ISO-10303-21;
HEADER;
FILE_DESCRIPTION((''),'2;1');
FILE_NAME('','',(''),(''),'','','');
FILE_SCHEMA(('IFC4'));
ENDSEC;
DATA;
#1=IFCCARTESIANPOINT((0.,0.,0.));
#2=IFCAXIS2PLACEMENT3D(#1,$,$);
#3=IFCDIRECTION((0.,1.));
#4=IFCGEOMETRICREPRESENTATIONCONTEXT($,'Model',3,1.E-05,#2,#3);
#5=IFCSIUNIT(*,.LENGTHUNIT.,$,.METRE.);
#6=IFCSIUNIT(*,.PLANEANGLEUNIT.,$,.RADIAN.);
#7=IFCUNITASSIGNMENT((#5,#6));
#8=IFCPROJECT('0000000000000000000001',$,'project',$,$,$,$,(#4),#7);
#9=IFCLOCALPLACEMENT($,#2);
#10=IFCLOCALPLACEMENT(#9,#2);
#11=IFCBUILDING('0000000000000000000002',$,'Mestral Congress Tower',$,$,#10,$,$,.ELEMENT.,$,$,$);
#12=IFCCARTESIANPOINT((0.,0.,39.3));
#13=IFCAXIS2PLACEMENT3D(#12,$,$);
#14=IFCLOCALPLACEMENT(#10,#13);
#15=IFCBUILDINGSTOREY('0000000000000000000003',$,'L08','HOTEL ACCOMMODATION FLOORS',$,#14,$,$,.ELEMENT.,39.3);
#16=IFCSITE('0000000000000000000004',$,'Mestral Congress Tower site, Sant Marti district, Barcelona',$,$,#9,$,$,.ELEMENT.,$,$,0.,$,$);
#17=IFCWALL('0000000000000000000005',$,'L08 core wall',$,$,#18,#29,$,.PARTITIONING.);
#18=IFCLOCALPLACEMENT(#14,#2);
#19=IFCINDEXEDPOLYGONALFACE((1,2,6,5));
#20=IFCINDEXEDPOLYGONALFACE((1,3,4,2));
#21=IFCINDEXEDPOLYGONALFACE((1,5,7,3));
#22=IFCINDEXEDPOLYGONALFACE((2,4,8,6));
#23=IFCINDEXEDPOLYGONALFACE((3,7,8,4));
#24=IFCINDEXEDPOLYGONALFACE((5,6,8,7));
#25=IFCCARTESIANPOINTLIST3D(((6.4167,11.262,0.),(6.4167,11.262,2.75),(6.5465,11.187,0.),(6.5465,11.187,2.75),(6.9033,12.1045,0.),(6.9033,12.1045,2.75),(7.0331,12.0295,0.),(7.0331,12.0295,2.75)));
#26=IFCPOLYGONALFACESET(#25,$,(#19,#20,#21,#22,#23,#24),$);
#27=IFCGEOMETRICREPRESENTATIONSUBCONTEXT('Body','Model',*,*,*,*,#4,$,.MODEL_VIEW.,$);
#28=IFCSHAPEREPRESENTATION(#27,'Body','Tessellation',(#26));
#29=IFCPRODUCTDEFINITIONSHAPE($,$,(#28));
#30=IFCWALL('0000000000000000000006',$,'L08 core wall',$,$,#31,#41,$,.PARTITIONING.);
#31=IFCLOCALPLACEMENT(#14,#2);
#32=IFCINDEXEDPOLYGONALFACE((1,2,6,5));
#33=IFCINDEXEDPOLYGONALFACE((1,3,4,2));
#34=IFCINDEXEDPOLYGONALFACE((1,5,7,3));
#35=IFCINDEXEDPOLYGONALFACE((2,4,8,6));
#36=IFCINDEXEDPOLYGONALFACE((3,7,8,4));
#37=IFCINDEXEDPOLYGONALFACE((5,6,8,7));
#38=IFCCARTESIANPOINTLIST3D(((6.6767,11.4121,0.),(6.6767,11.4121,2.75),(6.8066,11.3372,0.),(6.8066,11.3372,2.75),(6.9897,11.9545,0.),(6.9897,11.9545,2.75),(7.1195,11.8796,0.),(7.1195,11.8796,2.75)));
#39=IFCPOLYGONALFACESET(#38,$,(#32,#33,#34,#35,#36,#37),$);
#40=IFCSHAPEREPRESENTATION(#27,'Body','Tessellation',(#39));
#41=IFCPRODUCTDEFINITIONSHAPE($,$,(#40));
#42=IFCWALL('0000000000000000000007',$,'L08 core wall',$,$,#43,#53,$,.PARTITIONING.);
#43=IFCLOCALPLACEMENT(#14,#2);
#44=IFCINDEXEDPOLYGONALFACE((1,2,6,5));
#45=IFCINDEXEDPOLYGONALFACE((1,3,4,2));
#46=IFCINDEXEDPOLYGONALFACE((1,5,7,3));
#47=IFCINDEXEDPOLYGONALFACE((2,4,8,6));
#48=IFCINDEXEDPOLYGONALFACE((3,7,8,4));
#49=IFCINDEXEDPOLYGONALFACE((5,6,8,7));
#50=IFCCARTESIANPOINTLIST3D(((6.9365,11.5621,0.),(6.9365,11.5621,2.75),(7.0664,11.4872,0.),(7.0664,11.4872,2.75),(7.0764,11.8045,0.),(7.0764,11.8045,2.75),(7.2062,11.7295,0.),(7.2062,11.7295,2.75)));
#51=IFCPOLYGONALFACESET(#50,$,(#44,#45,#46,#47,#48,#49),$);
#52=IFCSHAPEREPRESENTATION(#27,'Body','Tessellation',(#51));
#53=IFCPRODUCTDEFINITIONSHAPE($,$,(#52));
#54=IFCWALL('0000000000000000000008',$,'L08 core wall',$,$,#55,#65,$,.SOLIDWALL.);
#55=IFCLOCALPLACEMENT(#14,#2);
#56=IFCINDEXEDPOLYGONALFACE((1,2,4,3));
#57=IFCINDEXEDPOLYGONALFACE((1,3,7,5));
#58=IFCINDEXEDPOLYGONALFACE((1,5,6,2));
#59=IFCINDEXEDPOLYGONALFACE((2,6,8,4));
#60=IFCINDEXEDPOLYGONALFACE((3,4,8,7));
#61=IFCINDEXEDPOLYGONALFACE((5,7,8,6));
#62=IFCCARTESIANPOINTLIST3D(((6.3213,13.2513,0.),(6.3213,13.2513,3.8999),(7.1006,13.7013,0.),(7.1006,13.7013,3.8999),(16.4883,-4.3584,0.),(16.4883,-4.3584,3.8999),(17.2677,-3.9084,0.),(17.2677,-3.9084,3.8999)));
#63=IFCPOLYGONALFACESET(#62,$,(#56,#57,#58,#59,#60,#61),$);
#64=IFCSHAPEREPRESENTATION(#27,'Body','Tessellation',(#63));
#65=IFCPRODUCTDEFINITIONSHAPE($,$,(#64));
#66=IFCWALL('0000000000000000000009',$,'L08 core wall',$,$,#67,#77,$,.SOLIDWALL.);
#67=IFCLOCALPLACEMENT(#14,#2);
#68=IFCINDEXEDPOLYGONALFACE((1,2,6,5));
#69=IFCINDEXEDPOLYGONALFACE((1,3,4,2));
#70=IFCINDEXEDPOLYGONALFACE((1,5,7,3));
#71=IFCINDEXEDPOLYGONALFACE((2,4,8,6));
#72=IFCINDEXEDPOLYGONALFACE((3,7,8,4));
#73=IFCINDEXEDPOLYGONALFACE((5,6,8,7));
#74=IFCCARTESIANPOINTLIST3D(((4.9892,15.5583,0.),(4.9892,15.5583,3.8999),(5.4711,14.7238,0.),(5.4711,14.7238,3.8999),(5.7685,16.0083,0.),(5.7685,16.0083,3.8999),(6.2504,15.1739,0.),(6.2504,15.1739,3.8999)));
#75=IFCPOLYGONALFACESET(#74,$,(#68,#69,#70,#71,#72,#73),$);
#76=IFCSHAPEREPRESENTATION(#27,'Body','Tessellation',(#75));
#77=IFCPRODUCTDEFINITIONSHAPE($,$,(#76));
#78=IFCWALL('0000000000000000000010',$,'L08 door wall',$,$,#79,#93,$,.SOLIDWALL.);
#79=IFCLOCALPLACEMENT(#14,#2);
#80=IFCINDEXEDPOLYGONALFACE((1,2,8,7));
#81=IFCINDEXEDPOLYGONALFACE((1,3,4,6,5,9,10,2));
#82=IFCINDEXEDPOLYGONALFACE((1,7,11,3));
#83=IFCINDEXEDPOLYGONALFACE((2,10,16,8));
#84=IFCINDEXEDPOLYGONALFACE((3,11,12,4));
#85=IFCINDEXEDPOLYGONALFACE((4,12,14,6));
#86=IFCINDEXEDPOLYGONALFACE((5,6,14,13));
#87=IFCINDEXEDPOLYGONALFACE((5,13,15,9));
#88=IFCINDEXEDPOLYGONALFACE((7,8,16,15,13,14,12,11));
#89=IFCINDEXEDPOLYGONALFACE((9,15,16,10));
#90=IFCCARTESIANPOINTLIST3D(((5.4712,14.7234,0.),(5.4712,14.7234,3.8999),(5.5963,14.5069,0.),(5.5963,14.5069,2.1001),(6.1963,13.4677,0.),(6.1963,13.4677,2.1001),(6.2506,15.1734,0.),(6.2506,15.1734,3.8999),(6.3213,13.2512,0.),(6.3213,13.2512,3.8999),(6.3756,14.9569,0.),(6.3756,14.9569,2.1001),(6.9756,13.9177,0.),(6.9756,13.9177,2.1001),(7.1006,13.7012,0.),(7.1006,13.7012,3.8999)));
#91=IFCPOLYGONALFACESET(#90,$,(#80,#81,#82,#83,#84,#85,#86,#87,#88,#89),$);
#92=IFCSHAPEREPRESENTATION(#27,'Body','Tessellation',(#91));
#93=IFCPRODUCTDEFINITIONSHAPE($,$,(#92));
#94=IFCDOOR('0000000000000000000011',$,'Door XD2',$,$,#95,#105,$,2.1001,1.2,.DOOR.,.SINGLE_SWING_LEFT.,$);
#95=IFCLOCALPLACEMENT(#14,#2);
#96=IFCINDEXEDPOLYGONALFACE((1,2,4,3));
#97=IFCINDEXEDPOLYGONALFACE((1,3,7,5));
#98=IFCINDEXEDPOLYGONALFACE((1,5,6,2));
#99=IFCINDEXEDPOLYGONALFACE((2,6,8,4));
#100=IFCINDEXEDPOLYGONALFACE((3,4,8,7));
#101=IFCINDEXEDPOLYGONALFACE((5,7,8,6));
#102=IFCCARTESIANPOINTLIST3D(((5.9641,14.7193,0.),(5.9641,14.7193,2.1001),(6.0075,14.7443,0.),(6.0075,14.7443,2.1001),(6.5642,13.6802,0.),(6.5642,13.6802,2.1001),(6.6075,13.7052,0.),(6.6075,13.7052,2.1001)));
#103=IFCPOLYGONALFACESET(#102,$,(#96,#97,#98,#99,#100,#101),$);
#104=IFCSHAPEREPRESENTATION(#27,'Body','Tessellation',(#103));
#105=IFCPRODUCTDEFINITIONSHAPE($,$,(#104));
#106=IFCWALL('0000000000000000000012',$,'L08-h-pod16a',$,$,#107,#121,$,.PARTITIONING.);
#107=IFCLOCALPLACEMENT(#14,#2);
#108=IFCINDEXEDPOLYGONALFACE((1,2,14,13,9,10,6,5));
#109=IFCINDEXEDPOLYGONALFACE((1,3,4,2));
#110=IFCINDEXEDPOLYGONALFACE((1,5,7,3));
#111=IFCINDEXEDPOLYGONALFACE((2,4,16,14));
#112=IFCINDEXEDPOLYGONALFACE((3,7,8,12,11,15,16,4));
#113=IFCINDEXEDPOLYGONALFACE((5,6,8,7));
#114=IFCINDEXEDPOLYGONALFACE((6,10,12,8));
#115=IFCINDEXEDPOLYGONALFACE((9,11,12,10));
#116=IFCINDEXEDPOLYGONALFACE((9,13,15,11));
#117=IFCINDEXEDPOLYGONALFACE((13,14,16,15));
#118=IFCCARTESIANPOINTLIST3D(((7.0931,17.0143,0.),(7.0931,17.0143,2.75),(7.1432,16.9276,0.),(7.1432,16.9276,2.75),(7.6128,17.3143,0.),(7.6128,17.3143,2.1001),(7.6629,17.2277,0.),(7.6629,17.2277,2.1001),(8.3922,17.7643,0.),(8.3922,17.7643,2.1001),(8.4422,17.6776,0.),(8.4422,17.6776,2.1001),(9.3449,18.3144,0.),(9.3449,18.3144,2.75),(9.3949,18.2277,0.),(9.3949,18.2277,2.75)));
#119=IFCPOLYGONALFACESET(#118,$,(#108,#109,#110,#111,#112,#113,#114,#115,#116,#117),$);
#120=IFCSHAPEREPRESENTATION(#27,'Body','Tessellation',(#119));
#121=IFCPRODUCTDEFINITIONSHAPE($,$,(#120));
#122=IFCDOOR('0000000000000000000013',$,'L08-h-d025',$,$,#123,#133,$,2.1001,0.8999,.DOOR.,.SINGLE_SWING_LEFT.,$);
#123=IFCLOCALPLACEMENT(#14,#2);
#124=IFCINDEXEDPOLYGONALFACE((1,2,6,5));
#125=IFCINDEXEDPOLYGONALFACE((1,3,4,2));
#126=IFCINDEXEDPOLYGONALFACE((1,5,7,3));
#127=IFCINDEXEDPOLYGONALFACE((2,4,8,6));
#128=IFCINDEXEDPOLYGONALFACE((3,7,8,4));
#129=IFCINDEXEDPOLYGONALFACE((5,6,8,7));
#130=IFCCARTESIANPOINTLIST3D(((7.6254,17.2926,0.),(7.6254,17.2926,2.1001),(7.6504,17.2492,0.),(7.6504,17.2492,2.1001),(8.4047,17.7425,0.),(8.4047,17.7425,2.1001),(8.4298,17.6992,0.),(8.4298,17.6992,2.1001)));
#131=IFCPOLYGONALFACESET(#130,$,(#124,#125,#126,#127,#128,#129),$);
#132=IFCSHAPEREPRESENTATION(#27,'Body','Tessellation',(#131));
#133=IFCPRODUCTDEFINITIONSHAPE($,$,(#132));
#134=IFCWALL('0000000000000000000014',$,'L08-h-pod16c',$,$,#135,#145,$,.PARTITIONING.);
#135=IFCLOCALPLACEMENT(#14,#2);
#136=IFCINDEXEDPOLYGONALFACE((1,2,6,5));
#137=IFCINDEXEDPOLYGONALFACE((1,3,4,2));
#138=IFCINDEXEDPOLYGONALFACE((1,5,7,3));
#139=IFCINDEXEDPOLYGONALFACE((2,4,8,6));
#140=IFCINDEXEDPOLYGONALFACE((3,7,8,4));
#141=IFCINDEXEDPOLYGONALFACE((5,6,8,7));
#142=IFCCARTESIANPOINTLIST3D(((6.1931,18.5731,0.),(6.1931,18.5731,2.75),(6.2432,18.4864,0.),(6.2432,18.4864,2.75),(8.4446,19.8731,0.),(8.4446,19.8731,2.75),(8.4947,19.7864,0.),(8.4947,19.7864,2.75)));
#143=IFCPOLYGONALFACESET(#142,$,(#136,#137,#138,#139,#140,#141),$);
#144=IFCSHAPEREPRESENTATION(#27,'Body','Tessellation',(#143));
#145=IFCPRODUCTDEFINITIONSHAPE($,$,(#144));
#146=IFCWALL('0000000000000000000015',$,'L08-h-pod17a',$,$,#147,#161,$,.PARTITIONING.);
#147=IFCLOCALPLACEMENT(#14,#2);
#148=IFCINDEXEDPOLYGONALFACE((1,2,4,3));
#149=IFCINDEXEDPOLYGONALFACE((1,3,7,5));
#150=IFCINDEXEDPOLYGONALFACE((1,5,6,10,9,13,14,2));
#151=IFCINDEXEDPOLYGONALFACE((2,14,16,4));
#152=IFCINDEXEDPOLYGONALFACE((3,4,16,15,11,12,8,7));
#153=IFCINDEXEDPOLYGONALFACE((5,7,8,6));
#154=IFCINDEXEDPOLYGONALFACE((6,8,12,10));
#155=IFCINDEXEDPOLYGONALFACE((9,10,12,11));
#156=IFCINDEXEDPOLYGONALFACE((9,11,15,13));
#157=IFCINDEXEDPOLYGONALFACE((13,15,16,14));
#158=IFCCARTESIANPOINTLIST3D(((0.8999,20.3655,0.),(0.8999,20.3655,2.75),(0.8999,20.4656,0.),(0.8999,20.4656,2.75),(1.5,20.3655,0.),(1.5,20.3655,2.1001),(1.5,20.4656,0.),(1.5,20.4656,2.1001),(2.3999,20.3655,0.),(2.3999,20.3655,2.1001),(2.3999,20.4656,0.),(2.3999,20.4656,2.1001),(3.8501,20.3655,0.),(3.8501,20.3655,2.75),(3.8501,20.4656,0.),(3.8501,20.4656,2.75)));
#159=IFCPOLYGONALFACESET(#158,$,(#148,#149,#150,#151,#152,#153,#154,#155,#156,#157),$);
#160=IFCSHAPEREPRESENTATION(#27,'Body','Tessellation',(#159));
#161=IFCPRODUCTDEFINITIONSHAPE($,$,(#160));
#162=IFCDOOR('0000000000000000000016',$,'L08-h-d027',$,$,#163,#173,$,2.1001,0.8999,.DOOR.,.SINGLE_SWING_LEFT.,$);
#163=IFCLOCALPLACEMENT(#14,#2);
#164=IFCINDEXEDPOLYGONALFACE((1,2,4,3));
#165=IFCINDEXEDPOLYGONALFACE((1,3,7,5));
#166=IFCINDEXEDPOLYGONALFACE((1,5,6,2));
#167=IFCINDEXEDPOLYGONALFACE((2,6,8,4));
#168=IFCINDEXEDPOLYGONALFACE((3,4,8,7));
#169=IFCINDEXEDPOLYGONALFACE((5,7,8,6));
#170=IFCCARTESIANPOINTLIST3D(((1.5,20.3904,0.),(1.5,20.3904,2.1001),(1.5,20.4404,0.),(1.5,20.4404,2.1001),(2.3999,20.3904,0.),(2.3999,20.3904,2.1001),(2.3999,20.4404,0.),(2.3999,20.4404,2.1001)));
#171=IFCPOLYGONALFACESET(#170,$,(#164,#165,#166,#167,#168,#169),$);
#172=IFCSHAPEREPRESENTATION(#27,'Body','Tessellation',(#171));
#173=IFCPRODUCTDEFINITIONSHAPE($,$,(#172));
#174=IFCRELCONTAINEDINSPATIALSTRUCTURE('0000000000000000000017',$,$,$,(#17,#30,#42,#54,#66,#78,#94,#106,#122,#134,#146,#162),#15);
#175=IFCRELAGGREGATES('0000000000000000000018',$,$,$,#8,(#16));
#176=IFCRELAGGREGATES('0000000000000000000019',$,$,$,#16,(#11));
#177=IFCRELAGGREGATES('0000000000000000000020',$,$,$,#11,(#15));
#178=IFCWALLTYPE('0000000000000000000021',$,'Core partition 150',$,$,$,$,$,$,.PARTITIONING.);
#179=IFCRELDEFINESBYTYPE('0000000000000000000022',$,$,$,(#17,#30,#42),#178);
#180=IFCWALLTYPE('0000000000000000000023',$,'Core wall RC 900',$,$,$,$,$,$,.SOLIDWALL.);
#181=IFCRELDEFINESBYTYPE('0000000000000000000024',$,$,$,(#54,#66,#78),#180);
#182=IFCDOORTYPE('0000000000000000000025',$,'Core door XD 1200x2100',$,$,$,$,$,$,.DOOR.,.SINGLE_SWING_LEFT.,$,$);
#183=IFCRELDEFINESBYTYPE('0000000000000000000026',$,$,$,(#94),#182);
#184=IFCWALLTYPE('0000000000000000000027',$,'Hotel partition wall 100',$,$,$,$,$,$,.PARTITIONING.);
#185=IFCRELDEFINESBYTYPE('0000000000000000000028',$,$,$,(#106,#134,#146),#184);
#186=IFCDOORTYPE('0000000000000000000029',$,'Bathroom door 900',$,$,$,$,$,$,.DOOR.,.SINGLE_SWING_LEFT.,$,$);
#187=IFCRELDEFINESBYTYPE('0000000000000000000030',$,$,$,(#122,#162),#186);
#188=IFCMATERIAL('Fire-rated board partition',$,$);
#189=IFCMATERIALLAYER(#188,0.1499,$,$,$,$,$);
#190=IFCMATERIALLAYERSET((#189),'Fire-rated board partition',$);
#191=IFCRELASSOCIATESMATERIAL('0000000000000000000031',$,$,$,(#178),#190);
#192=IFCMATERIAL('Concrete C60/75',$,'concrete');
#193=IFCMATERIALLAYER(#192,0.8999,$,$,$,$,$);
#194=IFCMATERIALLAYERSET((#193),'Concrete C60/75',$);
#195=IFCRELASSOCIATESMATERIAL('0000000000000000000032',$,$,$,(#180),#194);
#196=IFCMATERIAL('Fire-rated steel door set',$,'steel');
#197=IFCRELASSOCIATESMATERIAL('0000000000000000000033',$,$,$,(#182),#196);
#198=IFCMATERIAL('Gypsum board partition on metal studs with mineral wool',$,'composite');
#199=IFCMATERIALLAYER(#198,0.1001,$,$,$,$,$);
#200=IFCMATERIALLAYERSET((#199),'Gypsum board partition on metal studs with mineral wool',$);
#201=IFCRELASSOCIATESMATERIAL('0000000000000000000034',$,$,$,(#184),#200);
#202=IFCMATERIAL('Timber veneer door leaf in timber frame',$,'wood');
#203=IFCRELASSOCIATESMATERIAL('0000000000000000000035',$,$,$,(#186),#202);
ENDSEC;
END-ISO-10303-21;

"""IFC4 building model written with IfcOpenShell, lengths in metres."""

from ifc_helpers import new_model, si_unit, direction, frame, frame_2d, origin, place, context, subcontext, project, spatial, rectangle, extrude, material, layer, layer_set, type_object, element, fill, save


model = new_model("IFC4")

# Units and contexts
model_context = context("Model", 3, precision=1e-05, world=origin(), true_north=direction((0.0, 1.0)))
body_context = subcontext(model_context, "Body", "Model", "MODEL_VIEW")
ifc_project = project(units=[si_unit("LENGTHUNIT", "METRE"), si_unit("PLANEANGLEUNIT", "RADIAN")], contexts=[model_context])

# Site, building, storey
site_placement = place(None, origin())
site = spatial("IfcSite", under=ifc_project, at=site_placement, Name="Mestral Congress Tower site, Sant Marti district, Barcelona", CompositionType="ELEMENT", RefElevation=0.0)
building_placement = place(site_placement, origin())
building = spatial("IfcBuilding", under=site, at=building_placement, Name="Mestral Congress Tower", CompositionType="ELEMENT")
storey_placement = place(building_placement, frame((0.0, 0.0, 39.3)))
storey = spatial("IfcBuildingStorey", under=building, at=storey_placement, Name="L08", Description="HOTEL ACCOMMODATION FLOORS", CompositionType="ELEMENT", Elevation=39.3)

# Walls
ifc_material_1 = material(Name="Fire-rated board partition")
ifc_layer_1 = layer(ifc_material_1, 0.1499)
ifc_layer_set_1 = layer_set([ifc_layer_1], Name="Fire-rated board partition")
wall_type_1 = type_object("IfcWallType", Name="Core partition 150", PredefinedType="PARTITIONING", material=ifc_layer_set_1)
wall_1_placement = place(storey_placement, frame((6.4817, 11.2246, 0.0), z_axis=(0.0, 0.0, 1.0), x_axis=(0.500106, 0.865964, 0.0)))
element("IfcWall", 1, at=wall_1_placement, inside=storey, type_object=wall_type_1, Name="L08 core wall", PredefinedType="PARTITIONING", context=body_context, shape_type="SweptSolid", body=[
    extrude(rectangle(XDim=0.9729, YDim=0.1499, at=frame_2d((0.4863, 0.0))), origin(), (0.0, 0.0, 1.0), 2.75),
])
wall_2_placement = place(storey_placement, frame((6.7417, 11.3748, 0.0), z_axis=(0.0, 0.0, 1.0), x_axis=(0.499745, 0.866173, 0.0)))
element("IfcWall", 2, at=wall_2_placement, inside=storey, type_object=wall_type_1, Name="L08 core wall", PredefinedType="PARTITIONING", context=body_context, shape_type="SweptSolid", body=[
    extrude(rectangle(XDim=0.6262, YDim=0.1499, at=frame_2d((0.313, 0.0))), origin(), (0.0, 0.0, 1.0), 2.75),
])
wall_3_placement = place(storey_placement, frame((7.0015, 11.5247, 0.0), z_axis=(0.0, 0.0, 1.0), x_axis=(0.499798, 0.866142, 0.0)))
element("IfcWall", 3, at=wall_3_placement, inside=storey, type_object=wall_type_1, Name="L08 core wall", PredefinedType="PARTITIONING", context=body_context, shape_type="SweptSolid", body=[
    extrude(rectangle(XDim=0.2798, YDim=0.1499, at=frame_2d((0.1399, 0.0))), origin(), (0.0, 0.0, 1.0), 2.75),
])
ifc_material_2 = material(Name="Concrete C60/75", Category="concrete")
ifc_layer_2 = layer(ifc_material_2, 0.8999)
ifc_layer_set_2 = layer_set([ifc_layer_2], Name="Concrete C60/75")
wall_type_2 = type_object("IfcWallType", Name="Core wall RC 900", PredefinedType="SOLIDWALL", material=ifc_layer_set_2)
wall_4_placement = place(storey_placement, frame((6.7109, 13.4763, 0.0), z_axis=(0.0, 0.0, 1.0), x_axis=(0.500003, -0.866024, 0.0)))
element("IfcWall", 4, at=wall_4_placement, inside=storey, type_object=wall_type_2, Name="L08 core wall", PredefinedType="SOLIDWALL", context=body_context, shape_type="SweptSolid", body=[
    extrude(rectangle(XDim=20.334, YDim=0.8999, at=frame_2d((10.167, 0.0))), origin(), (0.0, 0.0, 1.0), 3.8999),
])
wall_5_placement = place(storey_placement, frame((5.8608, 14.9487, 0.0), z_axis=(0.0, 0.0, 1.0), x_axis=(-0.500117, 0.865958, 0.0)))
element("IfcWall", 5, at=wall_5_placement, inside=storey, type_object=wall_type_2, Name="L08 core wall", PredefinedType="SOLIDWALL", context=body_context, shape_type="SweptSolid", body=[
    extrude(rectangle(XDim=0.9636, YDim=0.8999, at=frame_2d((0.4819, 0.0))), origin(), (0.0, 0.0, 1.0), 3.8999),
])

# Walls, openings, doors
wall_6_placement = place(storey_placement, frame((5.8608, 14.9485, 0.0), z_axis=(0.0, 0.0, 1.0), x_axis=(0.500062, -0.865989, 0.0)))
wall_6 = element("IfcWall", 6, at=wall_6_placement, inside=storey, type_object=wall_type_2, Name="L08 door wall", PredefinedType="SOLIDWALL", context=body_context, shape_type="SweptSolid", body=[
    extrude(rectangle(XDim=1.7, YDim=0.8999, at=frame_2d((0.8501, 0.0))), origin(), (0.0, 0.0, 1.0), 3.8999),
])
opening_1_placement = place(wall_6_placement, frame((0.25, 0.0, 0.0)))
opening_1 = element("IfcOpeningElement", 7, at=opening_1_placement, cuts=wall_6, PredefinedType="OPENING", context=body_context, shape_type="SweptSolid", body=[
    extrude(rectangle(XDim=1.2, YDim=2.1001, at=frame_2d((0.6001, 1.05))), frame((0.0, 0.46, 0.0), z_axis=(0.0, -1.0, 0.0), x_axis=(1.0, 0.0, 0.0)), (0.0, 0.0, 1.0), 0.9199),
])
ifc_material_3 = material(Name="Fire-rated steel door set", Category="steel")
door_type_1 = type_object("IfcDoorType", Name="Core door XD 1200x2100", OperationType="SINGLE_SWING_LEFT", PredefinedType="DOOR", material=ifc_material_3)
door_1_placement = place(opening_1_placement, origin())
door_1 = element("IfcDoor", 8, at=door_1_placement, inside=storey, type_object=door_type_1, Name="Door XD2", OperationType="SINGLE_SWING_LEFT", OverallHeight=2.1001, OverallWidth=1.2, PredefinedType="DOOR", context=body_context, shape_type="SweptSolid", body=[
    extrude(rectangle(XDim=1.2, YDim=2.1001, at=frame_2d((0.6001, 1.05))), frame((0.0, 0.0249, 0.0), z_axis=(0.0, -1.0, 0.0), x_axis=(1.0, 0.0, 0.0)), (0.0, 0.0, 1.0), 0.05),
])
fill(opening_1, door_1)
ifc_material_4 = material(Name="Gypsum board partition on metal studs with mineral wool", Category="composite")
ifc_layer_3 = layer(ifc_material_4, 0.1001)
ifc_layer_set_3 = layer_set([ifc_layer_3], Name="Gypsum board partition on metal studs with mineral wool")
wall_type_3 = type_object("IfcWallType", Name="Hotel partition wall 100", PredefinedType="PARTITIONING", material=ifc_layer_set_3)
wall_7_placement = place(storey_placement, frame((7.1182, 16.9709, 0.0), z_axis=(0.0, 0.0, 1.0), x_axis=(0.866021, 0.500007, 0.0)))
wall_7 = element("IfcWall", 9, at=wall_7_placement, inside=storey, type_object=wall_type_3, Name="L08-h-pod16a", PredefinedType="PARTITIONING", context=body_context, shape_type="SweptSolid", body=[
    extrude(rectangle(XDim=2.6001, YDim=0.1001, at=frame_2d((1.3, 0.0))), origin(), (0.0, 0.0, 1.0), 2.75),
])
opening_2_placement = place(wall_7_placement, frame((0.6001, 0.0, 0.0)))
opening_2 = element("IfcOpeningElement", 10, at=opening_2_placement, cuts=wall_7, PredefinedType="OPENING", context=body_context, shape_type="SweptSolid", body=[
    extrude(rectangle(XDim=0.8999, YDim=2.1001, at=frame_2d((0.45, 1.05))), frame((0.0, 0.0601, 0.0), z_axis=(0.0, -1.0, 0.0), x_axis=(1.0, 0.0, 0.0)), (0.0, 0.0, 1.0), 0.1201),
])
ifc_material_5 = material(Name="Timber veneer door leaf in timber frame", Category="wood")
door_type_2 = type_object("IfcDoorType", Name="Bathroom door 900", OperationType="SINGLE_SWING_LEFT", PredefinedType="DOOR", material=ifc_material_5)
door_2_placement = place(opening_2_placement, origin())
door_2 = element("IfcDoor", 11, at=door_2_placement, inside=storey, type_object=door_type_2, Name="L08-h-d025", OperationType="SINGLE_SWING_LEFT", OverallHeight=2.1001, OverallWidth=0.8999, PredefinedType="DOOR", context=body_context, shape_type="SweptSolid", body=[
    extrude(rectangle(XDim=0.8999, YDim=2.1001, at=frame_2d((0.45, 1.05))), frame((0.0, 0.0249, 0.0), z_axis=(0.0, -1.0, 0.0), x_axis=(1.0, 0.0, 0.0)), (0.0, 0.0, 1.0), 0.05),
])
fill(opening_2, door_2)

# Wall
wall_8_placement = place(storey_placement, frame((6.2183, 18.5298, 0.0), z_axis=(0.0, 0.0, 1.0), x_axis=(0.865998, 0.500048, 0.0)))
element("IfcWall", 12, at=wall_8_placement, inside=storey, type_object=wall_type_3, Name="L08-h-pod16c", PredefinedType="PARTITIONING", context=body_context, shape_type="SweptSolid", body=[
    extrude(rectangle(XDim=2.5999, YDim=0.1001, at=frame_2d((1.2998, 0.0))), origin(), (0.0, 0.0, 1.0), 2.75),
])

# Wall, opening, door
wall_9_placement = place(storey_placement, frame((0.8999, 20.4155, 0.0), z_axis=(0.0, 0.0, 1.0), x_axis=(1.0, 0.0, 0.0)))
wall_9 = element("IfcWall", 13, at=wall_9_placement, inside=storey, type_object=wall_type_3, Name="L08-h-pod17a", PredefinedType="PARTITIONING", context=body_context, shape_type="SweptSolid", body=[
    extrude(rectangle(XDim=2.9502, YDim=0.1001, at=frame_2d((1.4751, 0.0))), origin(), (0.0, 0.0, 1.0), 2.75),
])
opening_3_placement = place(wall_9_placement, frame((0.6001, 0.0, 0.0)))
opening_3 = element("IfcOpeningElement", 14, at=opening_3_placement, cuts=wall_9, PredefinedType="OPENING", context=body_context, shape_type="SweptSolid", body=[
    extrude(rectangle(XDim=0.8999, YDim=2.1001, at=frame_2d((0.45, 1.05))), frame((0.0, 0.0601, 0.0), z_axis=(0.0, -1.0, 0.0), x_axis=(1.0, 0.0, 0.0)), (0.0, 0.0, 1.0), 0.1201),
])
door_3_placement = place(opening_3_placement, origin())
door_3 = element("IfcDoor", 15, at=door_3_placement, inside=storey, type_object=door_type_2, Name="L08-h-d027", OperationType="SINGLE_SWING_LEFT", OverallHeight=2.1001, OverallWidth=0.8999, PredefinedType="DOOR", context=body_context, shape_type="SweptSolid", body=[
    extrude(rectangle(XDim=0.8999, YDim=2.1001, at=frame_2d((0.45, 1.05))), frame((0.0, 0.0249, 0.0), z_axis=(0.0, -1.0, 0.0), x_axis=(1.0, 0.0, 0.0)), (0.0, 0.0, 1.0), 0.05),
])
fill(opening_3, door_3)

save(model, "model.ifc")
